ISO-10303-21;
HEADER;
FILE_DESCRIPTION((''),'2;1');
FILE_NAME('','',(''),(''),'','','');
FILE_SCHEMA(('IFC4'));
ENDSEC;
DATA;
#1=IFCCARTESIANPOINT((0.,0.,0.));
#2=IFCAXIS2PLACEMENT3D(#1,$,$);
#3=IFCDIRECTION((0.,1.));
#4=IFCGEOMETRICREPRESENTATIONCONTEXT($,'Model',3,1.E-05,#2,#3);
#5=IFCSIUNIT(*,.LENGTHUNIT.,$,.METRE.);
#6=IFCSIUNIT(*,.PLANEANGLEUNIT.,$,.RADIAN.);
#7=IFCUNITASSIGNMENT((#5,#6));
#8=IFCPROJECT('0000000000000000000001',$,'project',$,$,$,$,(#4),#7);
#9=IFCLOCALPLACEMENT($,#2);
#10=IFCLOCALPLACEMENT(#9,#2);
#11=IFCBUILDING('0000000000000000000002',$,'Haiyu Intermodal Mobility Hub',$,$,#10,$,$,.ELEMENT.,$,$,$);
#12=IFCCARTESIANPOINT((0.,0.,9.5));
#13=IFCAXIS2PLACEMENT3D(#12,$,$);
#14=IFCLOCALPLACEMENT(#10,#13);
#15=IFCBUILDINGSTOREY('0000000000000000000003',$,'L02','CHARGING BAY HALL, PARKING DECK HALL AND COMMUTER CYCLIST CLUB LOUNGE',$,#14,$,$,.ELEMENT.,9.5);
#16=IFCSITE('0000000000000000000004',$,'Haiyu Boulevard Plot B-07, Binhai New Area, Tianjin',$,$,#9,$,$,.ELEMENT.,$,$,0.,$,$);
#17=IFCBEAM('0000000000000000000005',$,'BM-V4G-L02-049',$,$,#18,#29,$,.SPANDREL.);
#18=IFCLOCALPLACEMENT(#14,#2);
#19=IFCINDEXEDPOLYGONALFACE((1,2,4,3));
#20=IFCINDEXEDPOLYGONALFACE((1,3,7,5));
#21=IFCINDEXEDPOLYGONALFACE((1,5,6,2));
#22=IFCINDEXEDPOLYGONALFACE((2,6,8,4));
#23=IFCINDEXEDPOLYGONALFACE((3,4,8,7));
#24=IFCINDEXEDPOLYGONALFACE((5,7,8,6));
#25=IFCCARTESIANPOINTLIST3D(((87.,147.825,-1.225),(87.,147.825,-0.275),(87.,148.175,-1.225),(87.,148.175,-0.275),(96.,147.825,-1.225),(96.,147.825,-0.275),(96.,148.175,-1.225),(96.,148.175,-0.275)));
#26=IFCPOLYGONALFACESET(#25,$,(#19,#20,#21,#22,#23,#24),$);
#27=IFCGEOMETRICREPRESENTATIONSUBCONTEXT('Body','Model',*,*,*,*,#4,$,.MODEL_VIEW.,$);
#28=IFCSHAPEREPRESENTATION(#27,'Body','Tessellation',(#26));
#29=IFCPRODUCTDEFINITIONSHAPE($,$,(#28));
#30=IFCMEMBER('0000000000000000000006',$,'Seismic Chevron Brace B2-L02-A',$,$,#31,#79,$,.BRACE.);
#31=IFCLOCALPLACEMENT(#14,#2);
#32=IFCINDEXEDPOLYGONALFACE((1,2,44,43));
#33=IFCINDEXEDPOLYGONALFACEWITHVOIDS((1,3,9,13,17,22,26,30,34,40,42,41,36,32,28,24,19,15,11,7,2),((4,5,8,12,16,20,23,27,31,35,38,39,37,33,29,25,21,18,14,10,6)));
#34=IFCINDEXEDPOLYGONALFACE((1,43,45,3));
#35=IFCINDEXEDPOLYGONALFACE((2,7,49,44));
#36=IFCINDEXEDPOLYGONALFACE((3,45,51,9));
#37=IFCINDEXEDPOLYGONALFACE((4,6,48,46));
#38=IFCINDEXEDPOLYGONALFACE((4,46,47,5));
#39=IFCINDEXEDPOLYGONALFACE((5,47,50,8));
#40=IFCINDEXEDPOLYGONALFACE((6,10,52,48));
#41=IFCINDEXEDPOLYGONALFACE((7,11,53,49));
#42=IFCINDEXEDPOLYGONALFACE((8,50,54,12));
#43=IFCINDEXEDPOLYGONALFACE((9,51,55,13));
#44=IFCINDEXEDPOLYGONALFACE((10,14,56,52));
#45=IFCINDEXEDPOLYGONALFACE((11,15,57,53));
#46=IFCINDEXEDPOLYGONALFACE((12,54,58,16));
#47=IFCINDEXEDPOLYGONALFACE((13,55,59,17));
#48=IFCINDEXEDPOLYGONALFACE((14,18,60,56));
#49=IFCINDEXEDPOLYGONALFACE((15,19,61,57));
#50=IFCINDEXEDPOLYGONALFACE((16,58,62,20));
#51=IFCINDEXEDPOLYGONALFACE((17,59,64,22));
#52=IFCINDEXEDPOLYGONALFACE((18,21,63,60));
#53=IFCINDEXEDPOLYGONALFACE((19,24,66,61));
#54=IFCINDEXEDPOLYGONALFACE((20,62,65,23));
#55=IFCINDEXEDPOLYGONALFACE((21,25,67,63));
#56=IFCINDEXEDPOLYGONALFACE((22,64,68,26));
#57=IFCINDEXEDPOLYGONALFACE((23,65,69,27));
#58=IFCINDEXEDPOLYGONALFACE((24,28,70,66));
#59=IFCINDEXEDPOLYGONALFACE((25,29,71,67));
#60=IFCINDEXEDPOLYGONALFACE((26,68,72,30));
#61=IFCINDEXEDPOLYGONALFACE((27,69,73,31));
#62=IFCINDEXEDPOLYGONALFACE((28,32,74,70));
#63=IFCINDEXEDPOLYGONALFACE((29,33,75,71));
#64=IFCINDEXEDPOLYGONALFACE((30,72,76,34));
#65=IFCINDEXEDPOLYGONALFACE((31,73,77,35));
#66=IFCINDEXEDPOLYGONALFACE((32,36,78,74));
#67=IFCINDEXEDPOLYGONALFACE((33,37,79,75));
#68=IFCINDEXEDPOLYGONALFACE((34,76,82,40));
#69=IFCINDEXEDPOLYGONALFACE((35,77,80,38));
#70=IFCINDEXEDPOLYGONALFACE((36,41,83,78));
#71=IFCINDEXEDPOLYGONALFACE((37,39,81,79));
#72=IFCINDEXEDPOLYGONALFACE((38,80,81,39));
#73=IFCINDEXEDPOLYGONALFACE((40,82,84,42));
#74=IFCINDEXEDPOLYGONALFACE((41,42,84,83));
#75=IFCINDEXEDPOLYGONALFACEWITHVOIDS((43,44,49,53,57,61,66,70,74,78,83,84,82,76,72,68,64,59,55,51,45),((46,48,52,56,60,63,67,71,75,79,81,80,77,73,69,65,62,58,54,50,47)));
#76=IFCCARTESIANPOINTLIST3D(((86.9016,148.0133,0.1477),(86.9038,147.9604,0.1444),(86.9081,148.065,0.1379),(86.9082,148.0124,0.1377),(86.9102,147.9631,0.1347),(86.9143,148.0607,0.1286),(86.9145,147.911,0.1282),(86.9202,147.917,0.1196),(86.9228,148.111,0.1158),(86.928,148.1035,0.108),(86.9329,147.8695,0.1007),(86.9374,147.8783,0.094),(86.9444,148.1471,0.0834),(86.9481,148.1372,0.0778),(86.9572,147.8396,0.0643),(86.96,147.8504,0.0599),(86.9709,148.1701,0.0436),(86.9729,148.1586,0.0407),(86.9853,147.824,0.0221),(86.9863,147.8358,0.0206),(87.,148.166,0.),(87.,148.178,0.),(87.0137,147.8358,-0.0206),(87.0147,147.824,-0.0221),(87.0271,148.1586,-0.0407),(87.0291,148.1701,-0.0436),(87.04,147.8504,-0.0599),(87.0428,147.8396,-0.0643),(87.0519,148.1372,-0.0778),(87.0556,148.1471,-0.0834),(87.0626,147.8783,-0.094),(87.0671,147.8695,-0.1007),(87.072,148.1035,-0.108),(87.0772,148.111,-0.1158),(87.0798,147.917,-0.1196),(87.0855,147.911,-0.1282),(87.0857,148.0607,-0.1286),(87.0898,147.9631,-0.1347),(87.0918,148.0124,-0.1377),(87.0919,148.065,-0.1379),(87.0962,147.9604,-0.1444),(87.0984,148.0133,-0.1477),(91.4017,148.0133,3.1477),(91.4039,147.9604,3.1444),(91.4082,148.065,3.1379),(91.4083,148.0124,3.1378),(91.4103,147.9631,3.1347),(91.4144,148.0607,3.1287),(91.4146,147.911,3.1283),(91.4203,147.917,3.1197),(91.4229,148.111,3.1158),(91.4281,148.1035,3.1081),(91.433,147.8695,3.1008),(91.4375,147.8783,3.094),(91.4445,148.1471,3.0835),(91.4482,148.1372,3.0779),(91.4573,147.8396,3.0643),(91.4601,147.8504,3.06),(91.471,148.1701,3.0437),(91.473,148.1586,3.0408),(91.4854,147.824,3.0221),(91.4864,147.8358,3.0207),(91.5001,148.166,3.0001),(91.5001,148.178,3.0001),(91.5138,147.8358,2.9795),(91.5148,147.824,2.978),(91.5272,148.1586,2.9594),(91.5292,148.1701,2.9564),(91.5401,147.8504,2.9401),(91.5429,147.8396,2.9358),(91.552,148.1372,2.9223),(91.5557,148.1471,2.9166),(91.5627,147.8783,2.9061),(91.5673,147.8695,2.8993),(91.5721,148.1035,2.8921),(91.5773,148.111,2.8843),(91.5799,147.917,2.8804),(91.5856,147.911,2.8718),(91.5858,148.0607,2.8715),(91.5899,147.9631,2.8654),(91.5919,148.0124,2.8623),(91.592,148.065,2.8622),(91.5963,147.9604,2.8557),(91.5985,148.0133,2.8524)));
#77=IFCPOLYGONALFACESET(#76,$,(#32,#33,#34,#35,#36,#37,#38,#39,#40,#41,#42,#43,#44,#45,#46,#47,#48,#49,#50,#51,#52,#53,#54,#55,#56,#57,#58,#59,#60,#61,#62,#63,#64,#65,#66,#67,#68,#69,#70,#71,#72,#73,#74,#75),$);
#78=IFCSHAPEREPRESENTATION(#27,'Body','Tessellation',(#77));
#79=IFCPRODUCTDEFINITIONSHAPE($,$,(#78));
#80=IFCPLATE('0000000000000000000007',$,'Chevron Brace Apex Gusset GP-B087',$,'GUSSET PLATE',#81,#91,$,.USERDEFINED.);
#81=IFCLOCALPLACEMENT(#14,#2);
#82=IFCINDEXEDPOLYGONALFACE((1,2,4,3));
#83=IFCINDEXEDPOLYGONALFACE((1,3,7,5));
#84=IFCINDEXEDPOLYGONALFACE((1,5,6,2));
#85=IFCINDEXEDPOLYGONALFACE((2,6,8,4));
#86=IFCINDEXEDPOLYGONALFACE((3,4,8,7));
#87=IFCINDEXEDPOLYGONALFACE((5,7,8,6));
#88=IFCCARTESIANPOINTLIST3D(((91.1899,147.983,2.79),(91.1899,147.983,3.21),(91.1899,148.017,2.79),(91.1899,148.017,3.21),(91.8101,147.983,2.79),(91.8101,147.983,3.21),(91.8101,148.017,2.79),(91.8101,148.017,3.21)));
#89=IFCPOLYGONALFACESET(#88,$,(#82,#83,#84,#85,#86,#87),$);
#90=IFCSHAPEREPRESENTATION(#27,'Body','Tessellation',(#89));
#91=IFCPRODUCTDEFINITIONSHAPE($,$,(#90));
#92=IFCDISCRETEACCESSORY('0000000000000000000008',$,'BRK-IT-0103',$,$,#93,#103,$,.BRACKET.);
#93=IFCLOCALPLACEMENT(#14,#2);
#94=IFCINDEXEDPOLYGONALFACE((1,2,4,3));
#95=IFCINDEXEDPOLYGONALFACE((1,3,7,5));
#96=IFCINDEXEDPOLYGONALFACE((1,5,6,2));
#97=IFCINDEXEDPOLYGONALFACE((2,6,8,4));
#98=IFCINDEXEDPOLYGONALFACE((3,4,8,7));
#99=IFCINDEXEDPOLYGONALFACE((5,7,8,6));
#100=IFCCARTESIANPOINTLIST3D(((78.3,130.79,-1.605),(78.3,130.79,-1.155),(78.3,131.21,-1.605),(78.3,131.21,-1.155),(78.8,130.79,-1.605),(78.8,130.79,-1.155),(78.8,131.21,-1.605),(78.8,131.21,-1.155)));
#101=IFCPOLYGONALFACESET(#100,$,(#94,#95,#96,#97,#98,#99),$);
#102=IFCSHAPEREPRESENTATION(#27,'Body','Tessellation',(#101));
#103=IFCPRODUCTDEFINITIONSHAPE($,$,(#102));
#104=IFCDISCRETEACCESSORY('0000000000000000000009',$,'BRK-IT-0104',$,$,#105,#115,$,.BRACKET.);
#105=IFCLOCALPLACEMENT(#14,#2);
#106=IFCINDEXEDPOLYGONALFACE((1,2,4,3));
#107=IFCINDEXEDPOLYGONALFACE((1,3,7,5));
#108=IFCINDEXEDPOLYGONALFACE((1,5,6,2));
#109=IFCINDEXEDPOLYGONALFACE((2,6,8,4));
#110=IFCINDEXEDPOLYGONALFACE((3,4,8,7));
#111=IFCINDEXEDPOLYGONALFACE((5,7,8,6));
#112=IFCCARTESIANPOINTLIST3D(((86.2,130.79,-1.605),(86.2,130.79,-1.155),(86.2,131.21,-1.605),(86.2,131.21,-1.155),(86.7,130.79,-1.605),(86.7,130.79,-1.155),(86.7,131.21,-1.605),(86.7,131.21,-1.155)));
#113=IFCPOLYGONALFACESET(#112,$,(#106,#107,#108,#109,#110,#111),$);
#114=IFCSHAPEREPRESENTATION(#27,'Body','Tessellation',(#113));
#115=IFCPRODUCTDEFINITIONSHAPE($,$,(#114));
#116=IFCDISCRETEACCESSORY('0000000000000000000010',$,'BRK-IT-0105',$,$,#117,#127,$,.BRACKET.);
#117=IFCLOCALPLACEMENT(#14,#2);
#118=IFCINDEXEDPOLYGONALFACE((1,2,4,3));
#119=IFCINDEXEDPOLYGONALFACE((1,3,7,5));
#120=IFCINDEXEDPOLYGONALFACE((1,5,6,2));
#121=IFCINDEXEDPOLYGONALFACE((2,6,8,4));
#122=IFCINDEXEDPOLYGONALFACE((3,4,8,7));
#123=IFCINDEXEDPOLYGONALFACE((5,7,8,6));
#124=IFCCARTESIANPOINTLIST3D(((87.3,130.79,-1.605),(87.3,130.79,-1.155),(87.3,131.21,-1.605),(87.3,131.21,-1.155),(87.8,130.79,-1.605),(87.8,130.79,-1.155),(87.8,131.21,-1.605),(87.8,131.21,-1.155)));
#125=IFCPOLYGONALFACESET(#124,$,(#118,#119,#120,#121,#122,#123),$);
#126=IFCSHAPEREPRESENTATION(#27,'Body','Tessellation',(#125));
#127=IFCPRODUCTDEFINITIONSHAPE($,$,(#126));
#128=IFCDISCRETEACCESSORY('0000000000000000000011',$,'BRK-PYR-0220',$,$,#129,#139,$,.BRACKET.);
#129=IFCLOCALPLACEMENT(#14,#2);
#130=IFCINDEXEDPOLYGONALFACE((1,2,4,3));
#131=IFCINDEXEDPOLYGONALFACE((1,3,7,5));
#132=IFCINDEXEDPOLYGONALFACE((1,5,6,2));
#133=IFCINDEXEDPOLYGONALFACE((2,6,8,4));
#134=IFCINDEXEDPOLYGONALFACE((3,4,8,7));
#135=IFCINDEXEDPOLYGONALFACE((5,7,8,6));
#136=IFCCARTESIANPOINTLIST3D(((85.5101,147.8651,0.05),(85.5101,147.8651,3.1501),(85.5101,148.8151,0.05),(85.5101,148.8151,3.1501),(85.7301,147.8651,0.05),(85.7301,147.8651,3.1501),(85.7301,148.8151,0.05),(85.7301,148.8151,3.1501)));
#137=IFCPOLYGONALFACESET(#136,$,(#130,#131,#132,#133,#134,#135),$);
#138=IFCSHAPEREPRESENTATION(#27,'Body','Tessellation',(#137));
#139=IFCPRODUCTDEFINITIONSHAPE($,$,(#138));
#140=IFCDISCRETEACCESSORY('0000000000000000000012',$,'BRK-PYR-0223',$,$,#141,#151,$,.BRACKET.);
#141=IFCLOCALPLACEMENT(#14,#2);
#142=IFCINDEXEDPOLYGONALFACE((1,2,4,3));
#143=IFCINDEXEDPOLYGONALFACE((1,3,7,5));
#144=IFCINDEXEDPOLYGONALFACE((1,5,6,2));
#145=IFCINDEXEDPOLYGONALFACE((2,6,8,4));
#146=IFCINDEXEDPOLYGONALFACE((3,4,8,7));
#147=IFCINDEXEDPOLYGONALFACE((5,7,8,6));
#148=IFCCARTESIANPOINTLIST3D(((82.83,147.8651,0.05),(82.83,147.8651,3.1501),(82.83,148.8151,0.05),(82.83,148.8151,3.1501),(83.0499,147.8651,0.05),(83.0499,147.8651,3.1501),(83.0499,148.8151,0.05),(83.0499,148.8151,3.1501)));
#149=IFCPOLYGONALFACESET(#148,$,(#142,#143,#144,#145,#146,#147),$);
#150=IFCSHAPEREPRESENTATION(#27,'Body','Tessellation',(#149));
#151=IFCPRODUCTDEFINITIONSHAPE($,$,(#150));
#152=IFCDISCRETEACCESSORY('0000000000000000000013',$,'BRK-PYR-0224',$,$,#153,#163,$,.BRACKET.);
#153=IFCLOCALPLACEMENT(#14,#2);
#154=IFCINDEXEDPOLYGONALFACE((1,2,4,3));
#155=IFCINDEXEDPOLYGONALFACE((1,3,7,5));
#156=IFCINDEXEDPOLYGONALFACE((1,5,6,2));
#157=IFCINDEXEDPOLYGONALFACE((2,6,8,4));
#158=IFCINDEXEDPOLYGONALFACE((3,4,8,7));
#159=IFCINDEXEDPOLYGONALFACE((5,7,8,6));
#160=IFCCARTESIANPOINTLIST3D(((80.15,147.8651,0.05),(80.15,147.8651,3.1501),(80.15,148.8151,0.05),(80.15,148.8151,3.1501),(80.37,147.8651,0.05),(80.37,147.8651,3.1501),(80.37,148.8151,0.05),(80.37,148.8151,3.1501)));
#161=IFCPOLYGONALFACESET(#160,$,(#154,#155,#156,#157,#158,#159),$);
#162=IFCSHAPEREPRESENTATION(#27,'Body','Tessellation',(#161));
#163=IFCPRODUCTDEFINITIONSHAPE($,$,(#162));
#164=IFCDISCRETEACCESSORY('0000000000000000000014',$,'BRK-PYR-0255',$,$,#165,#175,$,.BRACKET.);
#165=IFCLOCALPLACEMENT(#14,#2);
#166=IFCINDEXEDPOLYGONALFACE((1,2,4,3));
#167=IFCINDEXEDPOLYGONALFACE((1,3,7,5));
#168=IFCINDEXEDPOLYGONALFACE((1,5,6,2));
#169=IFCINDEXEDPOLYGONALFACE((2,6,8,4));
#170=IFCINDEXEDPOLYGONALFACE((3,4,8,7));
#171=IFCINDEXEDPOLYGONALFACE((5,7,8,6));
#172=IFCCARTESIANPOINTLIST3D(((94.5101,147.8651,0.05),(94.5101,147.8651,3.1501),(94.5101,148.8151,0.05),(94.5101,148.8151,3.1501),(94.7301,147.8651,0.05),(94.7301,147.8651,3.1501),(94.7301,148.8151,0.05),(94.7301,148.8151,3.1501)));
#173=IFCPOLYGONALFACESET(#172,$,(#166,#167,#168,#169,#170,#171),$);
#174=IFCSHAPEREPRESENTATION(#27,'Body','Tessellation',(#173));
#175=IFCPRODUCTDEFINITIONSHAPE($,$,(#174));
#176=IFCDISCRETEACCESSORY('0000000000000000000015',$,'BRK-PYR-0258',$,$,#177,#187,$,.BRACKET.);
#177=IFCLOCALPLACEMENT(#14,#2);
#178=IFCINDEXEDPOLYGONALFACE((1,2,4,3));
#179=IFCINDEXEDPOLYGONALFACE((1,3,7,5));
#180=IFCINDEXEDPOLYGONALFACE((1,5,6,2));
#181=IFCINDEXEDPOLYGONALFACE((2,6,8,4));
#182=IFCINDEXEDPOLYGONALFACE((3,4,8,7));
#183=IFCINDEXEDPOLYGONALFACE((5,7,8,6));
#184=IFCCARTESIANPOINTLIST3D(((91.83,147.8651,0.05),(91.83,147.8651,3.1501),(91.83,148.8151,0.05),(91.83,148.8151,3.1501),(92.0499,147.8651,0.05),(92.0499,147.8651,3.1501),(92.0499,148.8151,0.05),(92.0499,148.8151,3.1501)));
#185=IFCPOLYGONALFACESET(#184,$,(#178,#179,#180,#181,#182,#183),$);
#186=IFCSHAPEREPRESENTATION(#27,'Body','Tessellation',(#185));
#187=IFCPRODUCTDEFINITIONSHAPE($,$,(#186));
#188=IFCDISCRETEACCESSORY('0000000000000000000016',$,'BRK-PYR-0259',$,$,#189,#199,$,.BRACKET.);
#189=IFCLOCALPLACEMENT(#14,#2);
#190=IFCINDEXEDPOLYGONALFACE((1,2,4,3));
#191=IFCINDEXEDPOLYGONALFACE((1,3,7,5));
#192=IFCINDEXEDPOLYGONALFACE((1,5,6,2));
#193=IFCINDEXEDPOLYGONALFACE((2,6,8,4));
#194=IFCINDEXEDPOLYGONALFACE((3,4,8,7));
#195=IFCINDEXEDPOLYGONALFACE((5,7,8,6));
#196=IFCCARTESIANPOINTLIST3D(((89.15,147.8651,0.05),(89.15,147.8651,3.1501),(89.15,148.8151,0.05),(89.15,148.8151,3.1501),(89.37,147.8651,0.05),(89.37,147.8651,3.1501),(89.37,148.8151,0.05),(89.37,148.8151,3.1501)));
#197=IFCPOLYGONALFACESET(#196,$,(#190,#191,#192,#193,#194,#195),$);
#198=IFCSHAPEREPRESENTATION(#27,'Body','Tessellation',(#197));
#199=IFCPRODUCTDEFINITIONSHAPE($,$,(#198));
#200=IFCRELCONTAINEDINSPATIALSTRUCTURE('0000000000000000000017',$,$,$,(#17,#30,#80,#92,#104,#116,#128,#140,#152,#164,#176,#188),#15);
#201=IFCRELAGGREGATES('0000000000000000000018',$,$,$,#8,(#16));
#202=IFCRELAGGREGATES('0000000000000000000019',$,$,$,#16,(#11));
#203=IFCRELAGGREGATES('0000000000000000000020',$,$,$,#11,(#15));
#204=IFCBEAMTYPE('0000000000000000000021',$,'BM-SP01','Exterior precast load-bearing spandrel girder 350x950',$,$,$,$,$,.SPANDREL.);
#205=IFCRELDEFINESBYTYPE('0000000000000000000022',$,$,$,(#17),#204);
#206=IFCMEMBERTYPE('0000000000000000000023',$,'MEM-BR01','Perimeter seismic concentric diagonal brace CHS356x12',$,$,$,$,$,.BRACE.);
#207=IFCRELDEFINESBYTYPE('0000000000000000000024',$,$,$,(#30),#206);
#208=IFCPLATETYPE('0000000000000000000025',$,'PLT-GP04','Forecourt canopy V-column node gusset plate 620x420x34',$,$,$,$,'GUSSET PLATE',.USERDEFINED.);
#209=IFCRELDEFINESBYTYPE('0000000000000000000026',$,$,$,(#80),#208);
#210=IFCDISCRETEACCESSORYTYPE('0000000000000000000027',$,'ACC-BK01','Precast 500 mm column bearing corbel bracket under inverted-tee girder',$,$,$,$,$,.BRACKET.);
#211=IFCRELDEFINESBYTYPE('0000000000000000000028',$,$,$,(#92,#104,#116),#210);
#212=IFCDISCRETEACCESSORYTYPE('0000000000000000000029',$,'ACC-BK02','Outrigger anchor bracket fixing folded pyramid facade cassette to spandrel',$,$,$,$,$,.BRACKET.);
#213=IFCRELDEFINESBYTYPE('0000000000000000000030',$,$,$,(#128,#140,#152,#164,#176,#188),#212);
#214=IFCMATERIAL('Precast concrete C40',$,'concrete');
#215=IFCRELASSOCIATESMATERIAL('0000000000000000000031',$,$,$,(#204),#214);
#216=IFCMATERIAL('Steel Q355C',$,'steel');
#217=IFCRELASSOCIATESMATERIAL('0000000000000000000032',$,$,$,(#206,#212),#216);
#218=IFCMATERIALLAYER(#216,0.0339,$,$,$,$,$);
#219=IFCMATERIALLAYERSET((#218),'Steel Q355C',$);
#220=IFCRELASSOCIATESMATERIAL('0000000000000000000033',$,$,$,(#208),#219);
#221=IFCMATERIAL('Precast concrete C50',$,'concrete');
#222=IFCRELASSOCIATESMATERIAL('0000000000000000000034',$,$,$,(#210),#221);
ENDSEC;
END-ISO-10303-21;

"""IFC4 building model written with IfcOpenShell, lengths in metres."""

from ifc_helpers import new_model, si_unit, direction, frame, origin, origin_2d, place, context, subcontext, project, spatial, rectangle, hollow_circle, extrude, material, layer, layer_set, material_profile, profile_set, type_object, element, save


model = new_model("IFC4")

# Units and contexts
model_context = context("Model", 3, precision=1e-05, world=origin(), true_north=direction((0.0, 1.0)))
body_context = subcontext(model_context, "Body", "Model", "MODEL_VIEW")
ifc_project = project(units=[si_unit("LENGTHUNIT", "METRE"), si_unit("PLANEANGLEUNIT", "RADIAN")], contexts=[model_context])

# Site, building, storey
site_placement = place(None, origin())
site = spatial("IfcSite", under=ifc_project, at=site_placement, Name="Haiyu Boulevard Plot B-07, Binhai New Area, Tianjin", CompositionType="ELEMENT", RefElevation=0.0)
building_placement = place(site_placement, origin())
building = spatial("IfcBuilding", under=site, at=building_placement, Name="Haiyu Intermodal Mobility Hub", CompositionType="ELEMENT")
storey_placement = place(building_placement, frame((0.0, 0.0, 9.5)))
storey = spatial("IfcBuildingStorey", under=building, at=storey_placement, Name="L02", Description="CHARGING BAY HALL, PARKING DECK HALL AND COMMUTER CYCLIST CLUB LOUNGE", CompositionType="ELEMENT", Elevation=9.5)

# Shared definitions
ifc_material_1 = material(Name="Precast concrete C40", Category="concrete")

# Beam
ifc_material_2 = material(Name="Precast concrete C50", Category="concrete")
ifc_material_profile_1 = material_profile(ifc_material_1, rectangle(XDim=0.3501, YDim=0.95, at=origin_2d()), Name="PC350x950")
ifc_profile_set_1 = profile_set([ifc_material_profile_1], Name="Precast concrete C40")
beam_type_1 = type_object("IfcBeamType", Name="BM-SP01", Description="Exterior precast load-bearing spandrel girder 350x950", PredefinedType="SPANDREL", material=ifc_profile_set_1)
for number, where, z_axis, x_axis, name in (
    (1, (87.0, 148.0, -0.75), (1.0, 0.0, 0.0), (0.0, 1.0, 0.0), "BM-V4G-L02-049"),
):
    element("IfcBeam", number, at=place(storey_placement, frame(where, z_axis=z_axis, x_axis=x_axis)), inside=storey, type_object=beam_type_1, Name=name, PredefinedType="SPANDREL", context=body_context, shape_type="SweptSolid", body=[
        extrude(rectangle(XDim=0.3501, YDim=0.95, at=origin_2d()), origin(), (0.0, 0.0, 1.0), 9.0),
    ])

# Member
ifc_material_3 = material(Name="Steel Q355C", Category="steel")
ifc_material_profile_2 = material_profile(ifc_material_3, hollow_circle(Radius=0.178, WallThickness=0.012, at=origin_2d()), Name="CHS356x12")
ifc_profile_set_2 = profile_set([ifc_material_profile_2], Name="Steel Q355C")
member_type = type_object("IfcMemberType", Name="MEM-BR01", Description="Perimeter seismic concentric diagonal brace CHS356x12", PredefinedType="BRACE", material=ifc_profile_set_2)
member_placement = place(storey_placement, frame((87.0, 148.0, 0.0), z_axis=(0.83205, 0.0, 0.5547), x_axis=(0.0, 1.0, 0.0)))
element("IfcMember", 2, at=member_placement, inside=storey, type_object=member_type, Name="Seismic Chevron Brace B2-L02-A", PredefinedType="BRACE", context=body_context, shape_type="SweptSolid", body=[
    extrude(hollow_circle(Radius=0.178, WallThickness=0.012, at=origin_2d()), origin(), (0.0, 0.0, 1.0), 5.4084),
])

# Plate
ifc_layer = layer(ifc_material_3, 0.0339)
ifc_layer_set = layer_set([ifc_layer], Name="Steel Q355C")
plate_type = type_object("IfcPlateType", Name="PLT-GP04", Description="Forecourt canopy V-column node gusset plate 620x420x34", ElementType="GUSSET PLATE", PredefinedType="USERDEFINED", material=ifc_layer_set)
plate_placement = place(storey_placement, frame((91.5, 148.0, 2.79), z_axis=(0.0, 0.0, 1.0), x_axis=(1.0, 0.0, 0.0)))
element("IfcPlate", 3, at=plate_placement, inside=storey, type_object=plate_type, Name="Chevron Brace Apex Gusset GP-B087", ObjectType="GUSSET PLATE", PredefinedType="USERDEFINED", context=body_context, shape_type="SweptSolid", body=[
    extrude(rectangle(XDim=0.6201, YDim=0.0339, at=origin_2d()), origin(), (0.0, 0.0, 1.0), 0.4199),
])

# Discrete accessories
discrete_accessory_type_1 = type_object("IfcDiscreteAccessoryType", Name="ACC-BK01", Description="Precast 500 mm column bearing corbel bracket under inverted-tee girder", PredefinedType="BRACKET", material=ifc_material_2)
for number, where, z_axis, x_axis, name in (
    (4, (78.55, 131.0, -1.605), (0.0, 0.0, 1.0), (1.0, 0.0, 0.0), "BRK-IT-0103"),
    (5, (86.45, 131.0, -1.605), (0.0, 0.0, 1.0), (1.0, 0.0, 0.0), "BRK-IT-0104"),
    (6, (87.55, 131.0, -1.605), (0.0, 0.0, 1.0), (1.0, 0.0, 0.0), "BRK-IT-0105"),
):
    element("IfcDiscreteAccessory", number, at=place(storey_placement, frame(where, z_axis=z_axis, x_axis=x_axis)), inside=storey, type_object=discrete_accessory_type_1, Name=name, PredefinedType="BRACKET", context=body_context, shape_type="SweptSolid", body=[
        extrude(rectangle(XDim=0.5, YDim=0.4199, at=origin_2d()), origin(), (0.0, 0.0, 1.0), 0.45),
    ])
discrete_accessory_type_2 = type_object("IfcDiscreteAccessoryType", Name="ACC-BK02", Description="Outrigger anchor bracket fixing folded pyramid facade cassette to spandrel", PredefinedType="BRACKET", material=ifc_material_3)
for number, where, z_axis, x_axis, name in (
    (7, (85.6201, 148.3401, 0.05), (0.0, 0.0, 1.0), (1.0, 0.0, 0.0), "BRK-PYR-0220"),
    (8, (82.9399, 148.3401, 0.05), (0.0, 0.0, 1.0), (1.0, 0.0, 0.0), "BRK-PYR-0223"),
    (9, (80.26, 148.3401, 0.05), (0.0, 0.0, 1.0), (1.0, 0.0, 0.0), "BRK-PYR-0224"),
    (10, (94.6201, 148.3401, 0.05), (0.0, 0.0, 1.0), (1.0, 0.0, 0.0), "BRK-PYR-0255"),
    (11, (91.9399, 148.3401, 0.05), (0.0, 0.0, 1.0), (1.0, 0.0, 0.0), "BRK-PYR-0258"),
    (12, (89.26, 148.3401, 0.05), (0.0, 0.0, 1.0), (1.0, 0.0, 0.0), "BRK-PYR-0259"),
):
    element("IfcDiscreteAccessory", number, at=place(storey_placement, frame(where, z_axis=z_axis, x_axis=x_axis)), inside=storey, type_object=discrete_accessory_type_2, Name=name, PredefinedType="BRACKET", context=body_context, shape_type="SweptSolid", body=[
        extrude(rectangle(XDim=0.22, YDim=0.95, at=origin_2d()), origin(), (0.0, 0.0, 1.0), 3.1001),
    ])

save(model, "model.ifc")
